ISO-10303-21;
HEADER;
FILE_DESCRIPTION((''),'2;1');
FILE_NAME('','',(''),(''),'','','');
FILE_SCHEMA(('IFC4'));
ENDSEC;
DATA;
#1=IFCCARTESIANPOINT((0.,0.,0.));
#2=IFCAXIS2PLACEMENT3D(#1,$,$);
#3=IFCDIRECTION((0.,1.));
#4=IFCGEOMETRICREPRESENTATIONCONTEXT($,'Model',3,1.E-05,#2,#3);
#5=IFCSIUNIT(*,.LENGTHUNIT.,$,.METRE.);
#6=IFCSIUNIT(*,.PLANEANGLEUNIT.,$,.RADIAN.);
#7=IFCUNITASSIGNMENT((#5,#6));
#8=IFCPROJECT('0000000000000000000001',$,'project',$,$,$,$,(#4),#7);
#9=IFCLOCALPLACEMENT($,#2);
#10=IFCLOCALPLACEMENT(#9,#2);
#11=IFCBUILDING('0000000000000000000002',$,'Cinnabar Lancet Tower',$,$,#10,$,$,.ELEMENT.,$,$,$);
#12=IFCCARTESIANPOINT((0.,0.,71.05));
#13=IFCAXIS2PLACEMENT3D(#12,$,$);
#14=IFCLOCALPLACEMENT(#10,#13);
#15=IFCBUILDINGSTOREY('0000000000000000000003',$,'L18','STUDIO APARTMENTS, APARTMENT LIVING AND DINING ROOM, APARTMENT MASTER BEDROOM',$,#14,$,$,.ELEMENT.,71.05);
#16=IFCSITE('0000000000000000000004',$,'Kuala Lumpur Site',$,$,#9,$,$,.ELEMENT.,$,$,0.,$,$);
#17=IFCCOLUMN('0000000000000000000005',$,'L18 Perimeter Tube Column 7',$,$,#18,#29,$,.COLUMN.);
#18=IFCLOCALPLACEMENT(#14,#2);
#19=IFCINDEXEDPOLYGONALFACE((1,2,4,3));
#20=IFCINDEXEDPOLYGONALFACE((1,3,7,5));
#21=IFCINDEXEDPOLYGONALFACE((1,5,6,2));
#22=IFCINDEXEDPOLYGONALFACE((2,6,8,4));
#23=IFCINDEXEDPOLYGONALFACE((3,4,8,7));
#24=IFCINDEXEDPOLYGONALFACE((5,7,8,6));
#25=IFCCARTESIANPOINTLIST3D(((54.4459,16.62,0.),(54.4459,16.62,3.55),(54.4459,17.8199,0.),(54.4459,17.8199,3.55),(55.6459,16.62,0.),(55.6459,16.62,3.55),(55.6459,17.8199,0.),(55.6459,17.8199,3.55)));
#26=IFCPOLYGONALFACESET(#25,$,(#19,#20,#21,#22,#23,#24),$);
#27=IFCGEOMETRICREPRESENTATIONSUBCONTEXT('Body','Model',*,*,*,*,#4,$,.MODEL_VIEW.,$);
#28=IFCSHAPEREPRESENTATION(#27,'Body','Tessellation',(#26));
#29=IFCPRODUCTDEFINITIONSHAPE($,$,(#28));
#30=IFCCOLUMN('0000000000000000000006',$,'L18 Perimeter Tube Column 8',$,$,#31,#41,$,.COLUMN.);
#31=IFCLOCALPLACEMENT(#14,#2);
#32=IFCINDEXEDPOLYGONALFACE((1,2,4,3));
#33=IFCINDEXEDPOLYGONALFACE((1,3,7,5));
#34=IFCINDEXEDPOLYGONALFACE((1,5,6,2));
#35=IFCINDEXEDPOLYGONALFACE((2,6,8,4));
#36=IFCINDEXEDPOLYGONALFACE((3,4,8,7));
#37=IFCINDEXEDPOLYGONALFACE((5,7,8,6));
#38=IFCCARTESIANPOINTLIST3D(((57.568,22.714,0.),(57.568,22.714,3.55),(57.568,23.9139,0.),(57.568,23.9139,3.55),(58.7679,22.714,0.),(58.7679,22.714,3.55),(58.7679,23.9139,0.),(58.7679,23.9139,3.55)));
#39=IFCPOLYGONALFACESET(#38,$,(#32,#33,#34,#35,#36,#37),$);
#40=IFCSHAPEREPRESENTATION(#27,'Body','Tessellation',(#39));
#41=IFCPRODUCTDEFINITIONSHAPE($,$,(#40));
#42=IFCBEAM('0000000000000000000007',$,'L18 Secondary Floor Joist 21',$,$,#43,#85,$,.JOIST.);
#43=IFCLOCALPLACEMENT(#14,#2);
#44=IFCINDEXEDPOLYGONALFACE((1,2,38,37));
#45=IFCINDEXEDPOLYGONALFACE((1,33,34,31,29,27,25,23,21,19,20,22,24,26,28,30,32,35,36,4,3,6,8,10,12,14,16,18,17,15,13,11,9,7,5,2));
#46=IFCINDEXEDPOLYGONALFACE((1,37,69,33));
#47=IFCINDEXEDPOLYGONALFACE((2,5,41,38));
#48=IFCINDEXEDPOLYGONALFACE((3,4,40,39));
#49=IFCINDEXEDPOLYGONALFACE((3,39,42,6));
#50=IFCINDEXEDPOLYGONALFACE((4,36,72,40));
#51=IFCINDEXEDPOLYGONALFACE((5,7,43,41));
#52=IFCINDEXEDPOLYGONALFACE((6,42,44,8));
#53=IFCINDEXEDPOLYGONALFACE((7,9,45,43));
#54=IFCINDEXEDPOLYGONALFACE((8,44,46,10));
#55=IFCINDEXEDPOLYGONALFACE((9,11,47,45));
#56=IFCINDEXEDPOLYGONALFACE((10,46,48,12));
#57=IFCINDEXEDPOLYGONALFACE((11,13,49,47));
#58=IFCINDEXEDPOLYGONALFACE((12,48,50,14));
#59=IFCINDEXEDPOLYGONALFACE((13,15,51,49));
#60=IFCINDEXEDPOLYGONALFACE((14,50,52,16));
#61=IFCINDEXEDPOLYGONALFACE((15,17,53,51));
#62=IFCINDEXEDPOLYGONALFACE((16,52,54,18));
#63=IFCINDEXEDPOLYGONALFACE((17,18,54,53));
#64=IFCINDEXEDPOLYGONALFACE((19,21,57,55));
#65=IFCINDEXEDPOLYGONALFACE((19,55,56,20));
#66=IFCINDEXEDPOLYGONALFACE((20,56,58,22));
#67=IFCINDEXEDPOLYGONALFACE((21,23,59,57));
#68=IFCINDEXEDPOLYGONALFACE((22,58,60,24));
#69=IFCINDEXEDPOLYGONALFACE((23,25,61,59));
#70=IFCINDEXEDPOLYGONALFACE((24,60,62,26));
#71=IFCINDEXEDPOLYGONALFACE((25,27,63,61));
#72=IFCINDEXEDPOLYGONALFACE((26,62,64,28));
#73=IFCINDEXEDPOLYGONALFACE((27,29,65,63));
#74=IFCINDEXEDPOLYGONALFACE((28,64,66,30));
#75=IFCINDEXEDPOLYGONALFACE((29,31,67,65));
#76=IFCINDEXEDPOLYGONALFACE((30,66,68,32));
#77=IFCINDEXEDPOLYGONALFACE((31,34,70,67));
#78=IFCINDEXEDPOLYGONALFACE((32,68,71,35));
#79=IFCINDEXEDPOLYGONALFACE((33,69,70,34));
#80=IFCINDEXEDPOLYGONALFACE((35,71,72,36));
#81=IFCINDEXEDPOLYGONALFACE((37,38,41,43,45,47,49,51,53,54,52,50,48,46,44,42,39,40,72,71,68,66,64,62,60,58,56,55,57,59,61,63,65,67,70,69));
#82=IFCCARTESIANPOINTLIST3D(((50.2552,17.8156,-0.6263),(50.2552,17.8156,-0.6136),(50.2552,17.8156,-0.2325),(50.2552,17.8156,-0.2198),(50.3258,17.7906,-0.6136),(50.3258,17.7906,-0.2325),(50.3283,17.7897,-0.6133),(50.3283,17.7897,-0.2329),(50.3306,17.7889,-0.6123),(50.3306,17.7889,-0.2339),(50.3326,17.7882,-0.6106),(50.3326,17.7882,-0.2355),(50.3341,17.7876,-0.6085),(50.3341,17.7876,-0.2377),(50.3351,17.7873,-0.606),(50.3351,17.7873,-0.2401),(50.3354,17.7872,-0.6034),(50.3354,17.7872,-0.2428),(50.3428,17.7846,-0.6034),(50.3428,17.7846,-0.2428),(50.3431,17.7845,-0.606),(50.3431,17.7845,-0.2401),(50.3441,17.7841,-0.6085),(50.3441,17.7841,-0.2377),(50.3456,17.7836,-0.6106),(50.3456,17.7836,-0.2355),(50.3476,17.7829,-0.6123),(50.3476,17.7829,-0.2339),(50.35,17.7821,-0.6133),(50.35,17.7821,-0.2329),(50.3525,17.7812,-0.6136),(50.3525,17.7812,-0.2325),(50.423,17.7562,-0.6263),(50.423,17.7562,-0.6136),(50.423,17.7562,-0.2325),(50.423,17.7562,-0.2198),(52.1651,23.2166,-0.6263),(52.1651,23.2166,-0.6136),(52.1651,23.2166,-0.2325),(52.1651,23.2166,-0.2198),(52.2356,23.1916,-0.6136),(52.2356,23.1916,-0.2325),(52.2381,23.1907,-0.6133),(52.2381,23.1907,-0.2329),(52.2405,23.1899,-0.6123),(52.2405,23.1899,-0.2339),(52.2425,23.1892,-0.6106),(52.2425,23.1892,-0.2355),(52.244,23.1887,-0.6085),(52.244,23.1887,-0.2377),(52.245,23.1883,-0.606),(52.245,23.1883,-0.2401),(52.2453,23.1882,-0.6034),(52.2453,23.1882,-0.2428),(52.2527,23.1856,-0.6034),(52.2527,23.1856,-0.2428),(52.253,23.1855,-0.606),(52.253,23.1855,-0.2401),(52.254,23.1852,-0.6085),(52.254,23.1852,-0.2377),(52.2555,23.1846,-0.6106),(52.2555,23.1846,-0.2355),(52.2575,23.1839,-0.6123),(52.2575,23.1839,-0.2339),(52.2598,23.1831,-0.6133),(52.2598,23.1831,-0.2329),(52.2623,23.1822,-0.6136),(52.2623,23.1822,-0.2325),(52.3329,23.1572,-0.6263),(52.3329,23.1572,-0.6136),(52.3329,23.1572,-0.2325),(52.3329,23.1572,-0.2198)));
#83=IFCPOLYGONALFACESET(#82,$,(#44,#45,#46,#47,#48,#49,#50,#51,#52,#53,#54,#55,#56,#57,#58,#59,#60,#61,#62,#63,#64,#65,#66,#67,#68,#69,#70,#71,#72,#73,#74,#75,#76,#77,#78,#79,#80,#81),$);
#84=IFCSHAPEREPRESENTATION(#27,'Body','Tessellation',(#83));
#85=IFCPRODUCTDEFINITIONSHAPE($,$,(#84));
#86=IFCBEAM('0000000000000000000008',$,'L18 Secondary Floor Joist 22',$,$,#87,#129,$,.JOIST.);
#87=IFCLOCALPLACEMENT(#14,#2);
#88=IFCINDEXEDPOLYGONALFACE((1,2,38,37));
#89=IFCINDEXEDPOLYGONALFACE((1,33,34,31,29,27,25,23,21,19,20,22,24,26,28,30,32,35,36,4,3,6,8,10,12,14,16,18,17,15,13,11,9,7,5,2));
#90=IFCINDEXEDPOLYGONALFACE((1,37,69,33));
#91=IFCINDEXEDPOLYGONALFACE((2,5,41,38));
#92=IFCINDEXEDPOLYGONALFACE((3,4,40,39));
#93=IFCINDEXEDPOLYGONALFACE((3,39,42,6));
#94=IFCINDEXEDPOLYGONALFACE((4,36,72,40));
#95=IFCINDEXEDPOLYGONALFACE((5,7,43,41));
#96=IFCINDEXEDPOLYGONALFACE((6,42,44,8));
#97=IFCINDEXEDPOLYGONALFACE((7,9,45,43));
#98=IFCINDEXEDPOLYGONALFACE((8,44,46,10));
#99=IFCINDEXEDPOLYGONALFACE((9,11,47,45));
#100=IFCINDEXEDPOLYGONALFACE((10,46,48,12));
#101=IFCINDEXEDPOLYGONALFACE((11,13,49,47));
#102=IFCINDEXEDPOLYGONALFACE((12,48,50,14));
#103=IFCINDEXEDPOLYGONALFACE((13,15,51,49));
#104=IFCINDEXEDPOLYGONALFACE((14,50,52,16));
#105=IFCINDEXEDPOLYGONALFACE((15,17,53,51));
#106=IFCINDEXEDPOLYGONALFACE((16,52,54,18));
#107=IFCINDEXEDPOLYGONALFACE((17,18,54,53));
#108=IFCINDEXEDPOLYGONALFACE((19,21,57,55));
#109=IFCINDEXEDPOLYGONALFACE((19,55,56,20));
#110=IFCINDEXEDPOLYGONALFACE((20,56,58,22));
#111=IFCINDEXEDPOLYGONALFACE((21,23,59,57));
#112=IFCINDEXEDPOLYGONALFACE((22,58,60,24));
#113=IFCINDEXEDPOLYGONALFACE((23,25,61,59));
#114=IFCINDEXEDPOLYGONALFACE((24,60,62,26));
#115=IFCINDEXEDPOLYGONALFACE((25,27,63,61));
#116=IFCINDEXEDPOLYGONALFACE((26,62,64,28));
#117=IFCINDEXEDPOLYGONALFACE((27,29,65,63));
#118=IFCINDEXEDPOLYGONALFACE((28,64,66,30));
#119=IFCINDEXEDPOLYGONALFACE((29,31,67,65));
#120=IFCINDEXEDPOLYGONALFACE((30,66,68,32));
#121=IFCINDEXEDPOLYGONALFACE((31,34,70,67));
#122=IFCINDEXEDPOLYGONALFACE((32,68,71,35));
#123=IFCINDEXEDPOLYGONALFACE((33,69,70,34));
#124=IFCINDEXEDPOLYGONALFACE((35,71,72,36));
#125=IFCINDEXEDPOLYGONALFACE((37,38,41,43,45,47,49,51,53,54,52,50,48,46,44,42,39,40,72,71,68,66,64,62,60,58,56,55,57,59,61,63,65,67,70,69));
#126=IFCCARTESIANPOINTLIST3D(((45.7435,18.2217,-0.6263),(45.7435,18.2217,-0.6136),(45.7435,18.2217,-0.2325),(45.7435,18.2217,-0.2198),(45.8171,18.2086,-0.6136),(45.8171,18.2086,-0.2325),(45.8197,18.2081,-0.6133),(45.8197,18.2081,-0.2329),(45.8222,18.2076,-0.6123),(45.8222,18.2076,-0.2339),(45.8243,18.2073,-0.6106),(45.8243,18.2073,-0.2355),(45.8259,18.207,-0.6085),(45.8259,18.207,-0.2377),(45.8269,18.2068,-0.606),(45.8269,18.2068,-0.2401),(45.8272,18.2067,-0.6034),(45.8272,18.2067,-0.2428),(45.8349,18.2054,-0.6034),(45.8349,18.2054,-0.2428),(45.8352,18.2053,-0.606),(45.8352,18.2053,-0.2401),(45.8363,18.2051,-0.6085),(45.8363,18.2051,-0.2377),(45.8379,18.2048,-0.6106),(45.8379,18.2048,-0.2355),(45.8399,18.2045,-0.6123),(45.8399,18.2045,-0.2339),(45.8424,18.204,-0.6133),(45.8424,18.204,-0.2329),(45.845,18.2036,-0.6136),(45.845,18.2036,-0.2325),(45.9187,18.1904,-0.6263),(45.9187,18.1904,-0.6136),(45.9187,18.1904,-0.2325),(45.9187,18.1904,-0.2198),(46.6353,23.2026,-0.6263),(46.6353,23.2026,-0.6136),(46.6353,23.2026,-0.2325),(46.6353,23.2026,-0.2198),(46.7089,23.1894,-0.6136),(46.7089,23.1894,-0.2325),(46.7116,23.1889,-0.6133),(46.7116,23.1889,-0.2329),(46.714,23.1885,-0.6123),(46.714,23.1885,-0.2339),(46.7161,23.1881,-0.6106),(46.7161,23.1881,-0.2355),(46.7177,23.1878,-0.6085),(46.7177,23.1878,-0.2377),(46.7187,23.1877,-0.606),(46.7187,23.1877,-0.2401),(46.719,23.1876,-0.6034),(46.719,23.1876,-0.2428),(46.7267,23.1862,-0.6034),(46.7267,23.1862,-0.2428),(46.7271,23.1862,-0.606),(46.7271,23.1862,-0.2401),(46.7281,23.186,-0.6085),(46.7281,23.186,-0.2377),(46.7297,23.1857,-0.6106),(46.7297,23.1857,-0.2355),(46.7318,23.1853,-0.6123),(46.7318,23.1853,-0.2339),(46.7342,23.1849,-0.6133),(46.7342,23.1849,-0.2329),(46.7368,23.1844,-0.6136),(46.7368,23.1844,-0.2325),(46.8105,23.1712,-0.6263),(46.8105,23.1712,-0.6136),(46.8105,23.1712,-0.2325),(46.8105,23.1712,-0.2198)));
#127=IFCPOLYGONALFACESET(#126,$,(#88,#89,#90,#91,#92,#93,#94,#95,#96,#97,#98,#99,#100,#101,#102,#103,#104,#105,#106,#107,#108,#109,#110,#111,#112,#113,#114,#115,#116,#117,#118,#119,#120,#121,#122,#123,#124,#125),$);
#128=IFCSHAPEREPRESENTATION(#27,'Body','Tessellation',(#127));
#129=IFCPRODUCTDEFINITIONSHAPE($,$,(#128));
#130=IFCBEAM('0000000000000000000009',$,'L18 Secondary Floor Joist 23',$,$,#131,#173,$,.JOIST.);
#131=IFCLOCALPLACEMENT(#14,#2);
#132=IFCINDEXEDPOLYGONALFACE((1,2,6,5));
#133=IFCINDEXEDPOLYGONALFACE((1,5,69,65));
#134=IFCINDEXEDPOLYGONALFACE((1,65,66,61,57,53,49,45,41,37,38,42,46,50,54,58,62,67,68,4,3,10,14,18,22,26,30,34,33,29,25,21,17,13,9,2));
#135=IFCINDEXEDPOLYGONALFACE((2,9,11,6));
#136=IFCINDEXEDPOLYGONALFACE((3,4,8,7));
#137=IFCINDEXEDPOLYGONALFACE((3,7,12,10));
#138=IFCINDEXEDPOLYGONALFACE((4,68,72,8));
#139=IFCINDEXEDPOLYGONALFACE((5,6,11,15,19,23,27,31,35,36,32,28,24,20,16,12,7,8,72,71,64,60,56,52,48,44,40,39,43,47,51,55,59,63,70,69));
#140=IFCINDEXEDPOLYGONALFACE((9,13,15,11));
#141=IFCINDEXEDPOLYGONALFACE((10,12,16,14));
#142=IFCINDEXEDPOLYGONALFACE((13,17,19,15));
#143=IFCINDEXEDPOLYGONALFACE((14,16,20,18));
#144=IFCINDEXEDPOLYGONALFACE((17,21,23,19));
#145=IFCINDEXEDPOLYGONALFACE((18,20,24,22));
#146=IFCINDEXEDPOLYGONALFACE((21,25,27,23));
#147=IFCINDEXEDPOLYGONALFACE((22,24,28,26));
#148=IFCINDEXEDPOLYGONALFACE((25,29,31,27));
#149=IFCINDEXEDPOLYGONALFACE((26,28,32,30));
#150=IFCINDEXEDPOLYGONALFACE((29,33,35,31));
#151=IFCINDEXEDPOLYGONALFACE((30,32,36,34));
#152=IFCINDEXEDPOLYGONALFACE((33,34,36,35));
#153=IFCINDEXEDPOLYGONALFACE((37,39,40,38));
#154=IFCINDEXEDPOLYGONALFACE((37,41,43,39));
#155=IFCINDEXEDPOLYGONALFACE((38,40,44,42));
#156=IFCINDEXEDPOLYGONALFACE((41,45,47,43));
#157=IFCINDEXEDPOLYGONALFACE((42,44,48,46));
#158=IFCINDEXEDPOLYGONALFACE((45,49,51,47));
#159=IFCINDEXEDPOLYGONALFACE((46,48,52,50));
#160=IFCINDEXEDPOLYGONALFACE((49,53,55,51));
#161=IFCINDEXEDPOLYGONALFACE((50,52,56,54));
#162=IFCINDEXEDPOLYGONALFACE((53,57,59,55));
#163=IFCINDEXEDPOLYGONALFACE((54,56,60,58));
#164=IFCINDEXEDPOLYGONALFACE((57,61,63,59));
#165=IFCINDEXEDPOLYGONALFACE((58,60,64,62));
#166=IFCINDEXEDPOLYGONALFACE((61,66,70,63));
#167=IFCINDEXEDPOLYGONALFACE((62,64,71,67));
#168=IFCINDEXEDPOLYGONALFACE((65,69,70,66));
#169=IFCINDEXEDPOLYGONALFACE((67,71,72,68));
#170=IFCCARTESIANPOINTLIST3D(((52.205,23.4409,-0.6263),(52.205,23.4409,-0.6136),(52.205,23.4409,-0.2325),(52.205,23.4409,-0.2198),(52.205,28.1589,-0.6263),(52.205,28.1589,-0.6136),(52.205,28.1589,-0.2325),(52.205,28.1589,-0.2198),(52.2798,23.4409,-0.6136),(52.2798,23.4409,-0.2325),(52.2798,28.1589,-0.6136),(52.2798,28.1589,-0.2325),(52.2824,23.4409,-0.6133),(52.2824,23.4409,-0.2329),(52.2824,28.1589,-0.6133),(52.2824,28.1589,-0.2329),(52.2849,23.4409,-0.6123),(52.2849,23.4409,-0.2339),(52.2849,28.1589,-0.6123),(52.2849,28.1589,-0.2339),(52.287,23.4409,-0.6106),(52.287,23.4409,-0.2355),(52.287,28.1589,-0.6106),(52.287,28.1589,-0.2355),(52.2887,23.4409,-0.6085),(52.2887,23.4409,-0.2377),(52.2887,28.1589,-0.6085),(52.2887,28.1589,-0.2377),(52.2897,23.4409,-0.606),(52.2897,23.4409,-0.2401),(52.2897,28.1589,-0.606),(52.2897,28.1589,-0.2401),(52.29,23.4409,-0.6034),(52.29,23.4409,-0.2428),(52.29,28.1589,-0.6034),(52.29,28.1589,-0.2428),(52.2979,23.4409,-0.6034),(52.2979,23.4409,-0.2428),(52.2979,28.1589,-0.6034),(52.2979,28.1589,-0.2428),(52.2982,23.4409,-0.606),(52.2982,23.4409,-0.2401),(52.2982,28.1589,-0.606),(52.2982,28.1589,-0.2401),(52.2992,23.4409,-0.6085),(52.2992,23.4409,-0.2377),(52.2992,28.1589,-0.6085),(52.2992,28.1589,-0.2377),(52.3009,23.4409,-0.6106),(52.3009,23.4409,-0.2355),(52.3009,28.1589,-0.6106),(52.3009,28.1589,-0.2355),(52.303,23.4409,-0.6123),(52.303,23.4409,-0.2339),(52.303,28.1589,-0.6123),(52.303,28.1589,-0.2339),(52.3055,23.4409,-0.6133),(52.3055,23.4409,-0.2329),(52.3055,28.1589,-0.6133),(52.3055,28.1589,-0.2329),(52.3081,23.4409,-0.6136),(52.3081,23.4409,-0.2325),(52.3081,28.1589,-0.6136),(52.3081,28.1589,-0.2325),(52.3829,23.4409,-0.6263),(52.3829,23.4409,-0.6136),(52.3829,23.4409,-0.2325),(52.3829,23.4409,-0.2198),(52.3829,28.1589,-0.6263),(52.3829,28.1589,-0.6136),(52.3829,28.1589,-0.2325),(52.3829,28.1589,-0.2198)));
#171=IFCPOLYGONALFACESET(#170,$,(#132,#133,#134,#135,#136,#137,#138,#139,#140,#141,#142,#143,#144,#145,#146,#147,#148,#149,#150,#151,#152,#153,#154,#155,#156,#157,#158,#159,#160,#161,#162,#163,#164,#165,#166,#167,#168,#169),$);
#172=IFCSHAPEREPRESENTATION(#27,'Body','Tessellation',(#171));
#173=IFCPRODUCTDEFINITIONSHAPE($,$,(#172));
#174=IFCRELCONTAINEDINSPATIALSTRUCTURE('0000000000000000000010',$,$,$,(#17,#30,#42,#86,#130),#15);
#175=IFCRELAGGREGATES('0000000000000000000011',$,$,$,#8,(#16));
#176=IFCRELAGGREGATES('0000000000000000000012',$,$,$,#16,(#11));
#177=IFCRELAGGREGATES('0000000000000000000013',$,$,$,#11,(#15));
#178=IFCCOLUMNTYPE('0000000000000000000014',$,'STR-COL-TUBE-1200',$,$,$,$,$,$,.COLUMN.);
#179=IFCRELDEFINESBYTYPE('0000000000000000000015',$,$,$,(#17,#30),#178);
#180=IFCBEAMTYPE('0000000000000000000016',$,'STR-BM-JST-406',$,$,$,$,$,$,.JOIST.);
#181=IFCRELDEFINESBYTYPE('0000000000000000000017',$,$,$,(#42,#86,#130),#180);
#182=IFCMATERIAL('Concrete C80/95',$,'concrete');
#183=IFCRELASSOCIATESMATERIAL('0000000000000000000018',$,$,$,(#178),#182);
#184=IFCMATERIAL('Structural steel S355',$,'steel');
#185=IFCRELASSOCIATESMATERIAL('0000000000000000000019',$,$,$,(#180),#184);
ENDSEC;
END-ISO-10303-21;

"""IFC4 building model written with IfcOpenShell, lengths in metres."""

from ifc_helpers import new_model, si_unit, direction, frame, origin, origin_2d, place, context, subcontext, project, spatial, rectangle, i_section, extrude, material, material_profile, profile_set, type_object, element, save


model = new_model("IFC4")

# Units and contexts
model_context = context("Model", 3, precision=1e-05, world=origin(), true_north=direction((0.0, 1.0)))
body_context = subcontext(model_context, "Body", "Model", "MODEL_VIEW")
ifc_project = project(units=[si_unit("LENGTHUNIT", "METRE"), si_unit("PLANEANGLEUNIT", "RADIAN")], contexts=[model_context])

# Site, building, storey
site_placement = place(None, origin())
site = spatial("IfcSite", under=ifc_project, at=site_placement, Name="Kuala Lumpur Site", CompositionType="ELEMENT", RefElevation=0.0)
building_placement = place(site_placement, origin())
building = spatial("IfcBuilding", under=site, at=building_placement, Name="Cinnabar Lancet Tower", CompositionType="ELEMENT")
storey_placement = place(building_placement, frame((0.0, 0.0, 71.05)))
storey = spatial("IfcBuildingStorey", under=building, at=storey_placement, Name="L18", Description="STUDIO APARTMENTS, APARTMENT LIVING AND DINING ROOM, APARTMENT MASTER BEDROOM", CompositionType="ELEMENT", Elevation=71.05)

# Columns
ifc_material_1 = material(Name="Concrete C80/95", Category="concrete")
ifc_material_profile_1 = material_profile(ifc_material_1, rectangle(XDim=1.2, YDim=1.2, at=origin_2d()), Name="RC-COL 1200x1200")
ifc_profile_set_1 = profile_set([ifc_material_profile_1], Name="Concrete C80/95")
column_type = type_object("IfcColumnType", Name="STR-COL-TUBE-1200", PredefinedType="COLUMN", material=ifc_profile_set_1)
for number, where, z_axis, x_axis, name in (
    (1, (55.0459, 17.22, 0.0), (0.0, 0.0, 1.0), (1.0, 0.0, 0.0), "L18 Perimeter Tube Column 7"),
    (2, (58.168, 23.314, 0.0), (0.0, 0.0, 1.0), (1.0, 0.0, 0.0), "L18 Perimeter Tube Column 8"),
):
    element("IfcColumn", number, at=place(storey_placement, frame(where, z_axis=z_axis, x_axis=x_axis)), inside=storey, type_object=column_type, Name=name, PredefinedType="COLUMN", context=body_context, shape_type="SweptSolid", body=[
        extrude(rectangle(XDim=1.2, YDim=1.2, at=origin_2d()), origin(), (0.0, 0.0, 1.0), 3.55),
    ])

# Beams
ifc_material_2 = material(Name="Structural steel S355", Category="steel")
ifc_material_profile_2 = material_profile(ifc_material_2, i_section(OverallWidth=0.178, OverallDepth=0.4065, WebThickness=0.0078, FlangeThickness=0.0127, FilletRadius=0.0103, at=origin_2d()), Name="UKB 406x178x60")
ifc_profile_set_2 = profile_set([ifc_material_profile_2], Name="Structural steel S355")
beam_type_1 = type_object("IfcBeamType", Name="STR-BM-JST-406", PredefinedType="JOIST", material=ifc_profile_set_2)
beam_1_placement = place(storey_placement, frame((50.3391, 17.7859, -0.4231), z_axis=(0.333384, 0.942791, 0.0), x_axis=(-0.942791, 0.333384, 0.0)))
element("IfcBeam", 3, at=beam_1_placement, inside=storey, type_object=beam_type_1, Name="L18 Secondary Floor Joist 21", PredefinedType="JOIST", context=body_context, shape_type="SweptSolid", body=[
    extrude(i_section(OverallWidth=0.178, OverallDepth=0.4065, WebThickness=0.0078, FlangeThickness=0.0127, FilletRadius=0.0103, at=origin_2d()), origin(), (0.0, 0.0, 1.0), 5.7288),
])
beam_2_placement = place(storey_placement, frame((45.8311, 18.2061, -0.4231), z_axis=(0.176248, 0.984346, 0.0), x_axis=(-0.984346, 0.176248, 0.0)))
element("IfcBeam", 4, at=beam_2_placement, inside=storey, type_object=beam_type_1, Name="L18 Secondary Floor Joist 22", PredefinedType="JOIST", context=body_context, shape_type="SweptSolid", body=[
    extrude(i_section(OverallWidth=0.178, OverallDepth=0.4065, WebThickness=0.0078, FlangeThickness=0.0127, FilletRadius=0.0103, at=origin_2d()), origin(), (0.0, 0.0, 1.0), 5.0601),
])
for number, where, z_axis, x_axis, name in (
    (5, (52.2939, 23.4409, -0.4231), (0.0, 1.0, 0.0), (-1.0, 0.0, 0.0), "L18 Secondary Floor Joist 23"),
):
    element("IfcBeam", number, at=place(storey_placement, frame(where, z_axis=z_axis, x_axis=x_axis)), inside=storey, type_object=beam_type_1, Name=name, PredefinedType="JOIST", context=body_context, shape_type="SweptSolid", body=[
        extrude(i_section(OverallWidth=0.178, OverallDepth=0.4065, WebThickness=0.0078, FlangeThickness=0.0127, FilletRadius=0.0103, at=origin_2d()), origin(), (0.0, 0.0, 1.0), 4.718),
    ])

save(model, "model.ifc")
